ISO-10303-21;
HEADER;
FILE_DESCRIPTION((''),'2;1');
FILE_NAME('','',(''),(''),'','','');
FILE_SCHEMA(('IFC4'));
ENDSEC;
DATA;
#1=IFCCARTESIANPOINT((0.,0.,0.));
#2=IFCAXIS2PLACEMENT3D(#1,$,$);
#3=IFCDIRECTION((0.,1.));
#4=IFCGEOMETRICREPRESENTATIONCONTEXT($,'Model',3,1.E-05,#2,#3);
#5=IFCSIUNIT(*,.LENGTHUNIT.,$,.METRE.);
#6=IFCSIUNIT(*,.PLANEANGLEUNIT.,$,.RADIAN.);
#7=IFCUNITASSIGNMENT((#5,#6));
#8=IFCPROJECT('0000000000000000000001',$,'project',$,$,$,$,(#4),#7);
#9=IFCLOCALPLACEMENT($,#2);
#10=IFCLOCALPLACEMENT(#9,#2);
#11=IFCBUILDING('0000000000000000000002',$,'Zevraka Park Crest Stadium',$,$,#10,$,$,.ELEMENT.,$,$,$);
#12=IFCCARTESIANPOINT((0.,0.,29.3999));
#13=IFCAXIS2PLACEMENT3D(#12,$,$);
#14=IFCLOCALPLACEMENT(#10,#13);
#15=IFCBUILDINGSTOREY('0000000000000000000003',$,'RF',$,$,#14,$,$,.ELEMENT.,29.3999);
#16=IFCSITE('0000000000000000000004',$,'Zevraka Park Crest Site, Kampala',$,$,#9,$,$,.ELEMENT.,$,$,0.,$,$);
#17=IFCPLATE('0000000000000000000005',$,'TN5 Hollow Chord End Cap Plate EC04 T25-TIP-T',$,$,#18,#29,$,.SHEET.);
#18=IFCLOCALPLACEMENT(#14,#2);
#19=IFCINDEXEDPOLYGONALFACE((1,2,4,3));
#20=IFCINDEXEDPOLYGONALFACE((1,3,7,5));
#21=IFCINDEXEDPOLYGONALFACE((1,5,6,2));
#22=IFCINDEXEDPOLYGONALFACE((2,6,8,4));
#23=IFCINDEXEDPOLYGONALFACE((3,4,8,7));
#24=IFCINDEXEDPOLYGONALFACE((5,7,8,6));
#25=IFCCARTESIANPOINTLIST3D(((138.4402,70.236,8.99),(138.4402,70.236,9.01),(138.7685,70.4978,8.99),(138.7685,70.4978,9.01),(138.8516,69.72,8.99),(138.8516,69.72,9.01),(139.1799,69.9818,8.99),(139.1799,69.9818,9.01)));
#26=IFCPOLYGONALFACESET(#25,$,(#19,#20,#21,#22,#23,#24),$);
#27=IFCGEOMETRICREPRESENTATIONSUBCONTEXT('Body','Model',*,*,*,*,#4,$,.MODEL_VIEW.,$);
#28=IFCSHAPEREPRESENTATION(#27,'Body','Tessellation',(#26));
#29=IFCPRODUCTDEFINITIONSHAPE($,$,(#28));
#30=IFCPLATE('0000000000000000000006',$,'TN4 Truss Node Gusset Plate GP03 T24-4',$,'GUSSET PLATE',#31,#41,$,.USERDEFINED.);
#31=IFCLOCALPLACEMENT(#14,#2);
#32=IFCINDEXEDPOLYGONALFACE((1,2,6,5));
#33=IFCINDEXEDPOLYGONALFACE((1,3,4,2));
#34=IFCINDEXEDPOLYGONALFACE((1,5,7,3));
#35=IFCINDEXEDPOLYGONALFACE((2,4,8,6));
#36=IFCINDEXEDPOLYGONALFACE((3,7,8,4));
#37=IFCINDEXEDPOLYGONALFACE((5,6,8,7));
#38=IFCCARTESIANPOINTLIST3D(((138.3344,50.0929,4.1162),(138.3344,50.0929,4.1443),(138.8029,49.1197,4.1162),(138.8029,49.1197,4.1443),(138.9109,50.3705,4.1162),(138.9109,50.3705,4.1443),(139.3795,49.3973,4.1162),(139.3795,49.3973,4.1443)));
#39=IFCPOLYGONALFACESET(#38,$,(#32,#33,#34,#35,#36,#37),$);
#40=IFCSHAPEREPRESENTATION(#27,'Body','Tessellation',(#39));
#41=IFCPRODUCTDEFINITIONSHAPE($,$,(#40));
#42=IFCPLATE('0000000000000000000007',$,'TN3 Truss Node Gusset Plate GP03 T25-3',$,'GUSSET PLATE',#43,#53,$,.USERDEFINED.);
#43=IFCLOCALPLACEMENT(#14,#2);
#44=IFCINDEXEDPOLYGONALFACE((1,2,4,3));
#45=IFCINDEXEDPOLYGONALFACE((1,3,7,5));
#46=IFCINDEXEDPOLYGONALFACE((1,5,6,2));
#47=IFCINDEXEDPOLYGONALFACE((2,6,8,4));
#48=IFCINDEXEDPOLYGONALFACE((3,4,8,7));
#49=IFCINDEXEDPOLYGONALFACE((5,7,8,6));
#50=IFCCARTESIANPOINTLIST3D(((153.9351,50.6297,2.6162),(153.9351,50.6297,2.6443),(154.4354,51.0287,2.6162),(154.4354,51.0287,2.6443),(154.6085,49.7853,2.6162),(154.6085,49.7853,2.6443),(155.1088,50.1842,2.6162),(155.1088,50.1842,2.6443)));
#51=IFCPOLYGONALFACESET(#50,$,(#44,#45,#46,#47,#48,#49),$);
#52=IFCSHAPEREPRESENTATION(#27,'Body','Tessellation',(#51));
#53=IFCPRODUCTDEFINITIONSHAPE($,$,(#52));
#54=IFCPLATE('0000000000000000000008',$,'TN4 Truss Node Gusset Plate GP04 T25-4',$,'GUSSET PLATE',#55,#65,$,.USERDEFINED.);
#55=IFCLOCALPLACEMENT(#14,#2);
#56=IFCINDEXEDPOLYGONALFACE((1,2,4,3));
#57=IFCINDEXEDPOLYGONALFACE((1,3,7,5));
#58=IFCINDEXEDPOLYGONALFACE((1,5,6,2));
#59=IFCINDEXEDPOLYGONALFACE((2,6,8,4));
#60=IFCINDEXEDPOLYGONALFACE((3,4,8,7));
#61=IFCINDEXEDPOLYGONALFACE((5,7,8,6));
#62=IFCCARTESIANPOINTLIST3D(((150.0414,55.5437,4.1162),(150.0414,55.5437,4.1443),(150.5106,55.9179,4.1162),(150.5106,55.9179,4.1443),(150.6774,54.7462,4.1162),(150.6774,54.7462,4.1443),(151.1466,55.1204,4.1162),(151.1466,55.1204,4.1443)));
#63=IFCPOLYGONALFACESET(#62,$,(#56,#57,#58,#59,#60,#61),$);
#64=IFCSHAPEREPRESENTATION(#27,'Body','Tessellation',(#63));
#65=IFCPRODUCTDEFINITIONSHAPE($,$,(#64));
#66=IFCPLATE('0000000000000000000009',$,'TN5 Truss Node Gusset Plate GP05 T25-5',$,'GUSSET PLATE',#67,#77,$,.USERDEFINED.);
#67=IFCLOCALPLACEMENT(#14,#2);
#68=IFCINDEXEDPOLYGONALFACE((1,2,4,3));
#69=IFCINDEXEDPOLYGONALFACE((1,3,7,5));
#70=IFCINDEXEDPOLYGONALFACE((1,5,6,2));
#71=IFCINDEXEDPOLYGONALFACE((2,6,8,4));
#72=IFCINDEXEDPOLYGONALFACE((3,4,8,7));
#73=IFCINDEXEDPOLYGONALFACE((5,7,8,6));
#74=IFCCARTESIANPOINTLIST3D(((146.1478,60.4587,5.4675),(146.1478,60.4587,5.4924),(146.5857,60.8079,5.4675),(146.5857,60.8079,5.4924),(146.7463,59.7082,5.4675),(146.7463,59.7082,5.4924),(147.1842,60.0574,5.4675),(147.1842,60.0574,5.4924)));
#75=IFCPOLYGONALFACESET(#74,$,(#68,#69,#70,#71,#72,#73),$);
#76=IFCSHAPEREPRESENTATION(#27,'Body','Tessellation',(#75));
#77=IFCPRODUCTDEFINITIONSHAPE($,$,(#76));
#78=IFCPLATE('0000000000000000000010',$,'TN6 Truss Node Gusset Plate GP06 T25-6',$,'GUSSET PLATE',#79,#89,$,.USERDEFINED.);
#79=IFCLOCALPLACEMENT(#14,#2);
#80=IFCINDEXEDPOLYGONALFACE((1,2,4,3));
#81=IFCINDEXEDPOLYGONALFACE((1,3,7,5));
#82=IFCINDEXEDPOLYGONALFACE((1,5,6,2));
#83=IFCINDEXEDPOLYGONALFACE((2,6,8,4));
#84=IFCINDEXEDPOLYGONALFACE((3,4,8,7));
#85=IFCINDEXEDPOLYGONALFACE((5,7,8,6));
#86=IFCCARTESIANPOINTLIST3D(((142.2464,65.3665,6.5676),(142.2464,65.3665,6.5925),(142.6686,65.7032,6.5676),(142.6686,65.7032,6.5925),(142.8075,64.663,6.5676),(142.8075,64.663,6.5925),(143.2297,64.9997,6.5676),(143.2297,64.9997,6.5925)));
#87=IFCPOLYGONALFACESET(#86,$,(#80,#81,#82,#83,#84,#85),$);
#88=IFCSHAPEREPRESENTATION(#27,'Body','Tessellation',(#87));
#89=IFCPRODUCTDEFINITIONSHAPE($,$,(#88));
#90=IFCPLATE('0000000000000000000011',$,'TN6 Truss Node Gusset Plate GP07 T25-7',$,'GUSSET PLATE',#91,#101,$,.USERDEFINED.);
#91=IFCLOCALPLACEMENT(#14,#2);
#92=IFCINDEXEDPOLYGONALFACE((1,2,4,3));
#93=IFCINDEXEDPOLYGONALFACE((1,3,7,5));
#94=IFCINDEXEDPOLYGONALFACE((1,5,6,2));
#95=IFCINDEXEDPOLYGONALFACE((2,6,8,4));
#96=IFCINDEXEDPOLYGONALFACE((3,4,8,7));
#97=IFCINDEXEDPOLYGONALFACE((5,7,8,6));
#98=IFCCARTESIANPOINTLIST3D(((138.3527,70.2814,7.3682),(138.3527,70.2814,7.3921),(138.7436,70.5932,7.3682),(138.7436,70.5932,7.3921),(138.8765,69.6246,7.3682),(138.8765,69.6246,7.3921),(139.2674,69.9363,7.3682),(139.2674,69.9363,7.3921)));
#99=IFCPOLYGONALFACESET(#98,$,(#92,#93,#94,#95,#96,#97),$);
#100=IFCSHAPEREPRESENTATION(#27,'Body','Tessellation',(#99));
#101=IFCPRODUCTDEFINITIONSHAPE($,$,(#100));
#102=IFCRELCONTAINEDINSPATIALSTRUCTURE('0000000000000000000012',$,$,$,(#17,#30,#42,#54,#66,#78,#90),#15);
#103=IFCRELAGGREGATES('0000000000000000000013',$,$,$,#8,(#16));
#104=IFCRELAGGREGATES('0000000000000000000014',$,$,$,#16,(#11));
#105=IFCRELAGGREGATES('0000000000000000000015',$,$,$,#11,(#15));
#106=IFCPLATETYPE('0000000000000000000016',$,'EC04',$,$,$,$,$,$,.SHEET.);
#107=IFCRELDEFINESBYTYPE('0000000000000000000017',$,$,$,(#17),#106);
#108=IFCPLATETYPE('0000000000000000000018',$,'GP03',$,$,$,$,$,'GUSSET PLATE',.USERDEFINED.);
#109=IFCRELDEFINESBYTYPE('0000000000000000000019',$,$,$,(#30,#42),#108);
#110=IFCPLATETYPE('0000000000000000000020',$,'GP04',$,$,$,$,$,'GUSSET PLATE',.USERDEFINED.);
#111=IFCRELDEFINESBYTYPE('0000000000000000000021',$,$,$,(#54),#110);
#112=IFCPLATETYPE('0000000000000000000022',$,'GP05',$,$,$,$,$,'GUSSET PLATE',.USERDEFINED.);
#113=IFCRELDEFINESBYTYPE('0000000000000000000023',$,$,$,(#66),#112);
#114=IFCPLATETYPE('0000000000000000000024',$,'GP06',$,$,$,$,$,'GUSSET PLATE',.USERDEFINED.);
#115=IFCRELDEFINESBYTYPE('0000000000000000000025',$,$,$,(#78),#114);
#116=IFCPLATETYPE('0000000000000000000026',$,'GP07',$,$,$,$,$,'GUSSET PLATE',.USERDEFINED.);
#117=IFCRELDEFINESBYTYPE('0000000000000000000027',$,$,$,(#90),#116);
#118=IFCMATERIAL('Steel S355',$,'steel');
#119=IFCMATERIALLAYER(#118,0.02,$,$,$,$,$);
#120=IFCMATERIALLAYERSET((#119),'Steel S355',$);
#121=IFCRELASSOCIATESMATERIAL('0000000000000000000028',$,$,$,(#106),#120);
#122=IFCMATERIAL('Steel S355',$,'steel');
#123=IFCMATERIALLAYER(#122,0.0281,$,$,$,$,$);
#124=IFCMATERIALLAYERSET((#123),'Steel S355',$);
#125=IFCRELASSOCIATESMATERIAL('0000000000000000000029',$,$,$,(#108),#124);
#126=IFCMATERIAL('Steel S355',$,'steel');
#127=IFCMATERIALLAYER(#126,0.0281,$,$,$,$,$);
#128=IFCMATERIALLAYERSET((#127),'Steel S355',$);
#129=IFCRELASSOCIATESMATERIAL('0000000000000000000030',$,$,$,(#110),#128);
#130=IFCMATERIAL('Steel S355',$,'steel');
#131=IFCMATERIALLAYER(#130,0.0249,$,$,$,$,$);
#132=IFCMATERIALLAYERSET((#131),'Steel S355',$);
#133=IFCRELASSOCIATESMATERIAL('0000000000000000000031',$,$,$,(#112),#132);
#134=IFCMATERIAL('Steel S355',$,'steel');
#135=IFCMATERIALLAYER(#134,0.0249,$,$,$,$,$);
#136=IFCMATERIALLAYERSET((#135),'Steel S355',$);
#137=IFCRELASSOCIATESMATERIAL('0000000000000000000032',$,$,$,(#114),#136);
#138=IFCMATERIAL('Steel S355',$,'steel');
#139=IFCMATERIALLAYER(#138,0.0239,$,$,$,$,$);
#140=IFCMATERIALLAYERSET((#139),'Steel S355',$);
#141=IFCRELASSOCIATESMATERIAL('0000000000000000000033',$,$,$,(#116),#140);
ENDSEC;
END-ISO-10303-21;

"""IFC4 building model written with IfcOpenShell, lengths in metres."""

from ifc_helpers import new_model, si_unit, direction, frame, origin, origin_2d, place, context, subcontext, project, spatial, rectangle, extrude, material, layer, layer_set, type_object, element, save


model = new_model("IFC4")

# Units and contexts
model_context = context("Model", 3, precision=1e-05, world=origin(), true_north=direction((0.0, 1.0)))
body_context = subcontext(model_context, "Body", "Model", "MODEL_VIEW")
ifc_project = project(units=[si_unit("LENGTHUNIT", "METRE"), si_unit("PLANEANGLEUNIT", "RADIAN")], contexts=[model_context])

# Site, building, storey
site_placement = place(None, origin())
site = spatial("IfcSite", under=ifc_project, at=site_placement, Name="Zevraka Park Crest Site, Kampala", CompositionType="ELEMENT", RefElevation=0.0)
building_placement = place(site_placement, origin())
building = spatial("IfcBuilding", under=site, at=building_placement, Name="Zevraka Park Crest Stadium", CompositionType="ELEMENT")
storey_placement = place(building_placement, frame((0.0, 0.0, 29.3999)))
storey = spatial("IfcBuildingStorey", under=building, at=storey_placement, Name="RF", CompositionType="ELEMENT", Elevation=29.3999)

# Plates
ifc_material_1 = material(Name="Steel S355", Category="steel")
ifc_layer_1 = layer(ifc_material_1, 0.02)
ifc_layer_set_1 = layer_set([ifc_layer_1], Name="Steel S355")
plate_type_1 = type_object("IfcPlateType", Name="EC04", PredefinedType="SHEET", material=ifc_layer_set_1)
for number, where, z_axis, x_axis, name in (
    (1, (138.8101, 70.1089, 8.99), (0.0, 0.0, 1.0), (-0.62347, 0.781847, 0.0), "TN5 Hollow Chord End Cap Plate EC04 T25-TIP-T"),
):
    element("IfcPlate", number, at=place(storey_placement, frame(where, z_axis=z_axis, x_axis=x_axis)), inside=storey, type_object=plate_type_1, Name=name, PredefinedType="SHEET", context=body_context, shape_type="SweptSolid", body=[
        extrude(rectangle(XDim=0.6599, YDim=0.4199, at=origin_2d()), origin(), (0.0, 0.0, 1.0), 0.02),
    ])
ifc_material_2 = material(Name="Steel S355", Category="steel")
ifc_layer_2 = layer(ifc_material_2, 0.0281)
ifc_layer_set_2 = layer_set([ifc_layer_2], Name="Steel S355")
plate_type_2 = type_object("IfcPlateType", Name="GP03", ElementType="GUSSET PLATE", PredefinedType="USERDEFINED", material=ifc_layer_set_2)
for number, where, z_axis, x_axis, name in (
    (2, (138.8569, 49.7451, 4.1162), (0.0, 0.0, 1.0), (-0.433816, 0.901001, 0.0), "TN4 Truss Node Gusset Plate GP03 T24-4"),
    (3, (154.522, 50.407, 2.6162), (0.0, 0.0, 1.0), (-0.62347, 0.781847, 0.0), "TN3 Truss Node Gusset Plate GP03 T25-3"),
):
    element("IfcPlate", number, at=place(storey_placement, frame(where, z_axis=z_axis, x_axis=x_axis)), inside=storey, type_object=plate_type_2, Name=name, ObjectType="GUSSET PLATE", PredefinedType="USERDEFINED", context=body_context, shape_type="SweptSolid", body=[
        extrude(rectangle(XDim=1.0801, YDim=0.6399, at=origin_2d()), origin(), (0.0, 0.0, 1.0), 0.0281),
    ])
ifc_material_3 = material(Name="Steel S355", Category="steel")
ifc_layer_3 = layer(ifc_material_3, 0.0281)
ifc_layer_set_3 = layer_set([ifc_layer_3], Name="Steel S355")
plate_type_3 = type_object("IfcPlateType", Name="GP04", ElementType="GUSSET PLATE", PredefinedType="USERDEFINED", material=ifc_layer_set_3)
plate_1_placement = place(storey_placement, frame((150.594, 55.332, 4.1162), z_axis=(0.0, 0.0, 1.0), x_axis=(-0.62347, 0.781847, 0.0)))
element("IfcPlate", 4, at=plate_1_placement, inside=storey, type_object=plate_type_3, Name="TN4 Truss Node Gusset Plate GP04 T25-4", ObjectType="GUSSET PLATE", PredefinedType="USERDEFINED", context=body_context, shape_type="SweptSolid", body=[
    extrude(rectangle(XDim=1.02, YDim=0.6001, at=origin_2d()), origin(), (0.0, 0.0, 1.0), 0.0281),
])
ifc_material_4 = material(Name="Steel S355", Category="steel")
ifc_layer_4 = layer(ifc_material_4, 0.0249)
ifc_layer_set_4 = layer_set([ifc_layer_4], Name="Steel S355")
plate_type_4 = type_object("IfcPlateType", Name="GP05", ElementType="GUSSET PLATE", PredefinedType="USERDEFINED", material=ifc_layer_set_4)
plate_2_placement = place(storey_placement, frame((146.666, 60.2581, 5.4675), z_axis=(0.0, 0.0, 1.0), x_axis=(-0.62347, 0.781847, 0.0)))
element("IfcPlate", 5, at=plate_2_placement, inside=storey, type_object=plate_type_4, Name="TN5 Truss Node Gusset Plate GP05 T25-5", ObjectType="GUSSET PLATE", PredefinedType="USERDEFINED", context=body_context, shape_type="SweptSolid", body=[
    extrude(rectangle(XDim=0.96, YDim=0.5601, at=origin_2d()), origin(), (0.0, 0.0, 1.0), 0.0249),
])
ifc_material_5 = material(Name="Steel S355", Category="steel")
ifc_layer_5 = layer(ifc_material_5, 0.0249)
ifc_layer_set_5 = layer_set([ifc_layer_5], Name="Steel S355")
plate_type_5 = type_object("IfcPlateType", Name="GP06", ElementType="GUSSET PLATE", PredefinedType="USERDEFINED", material=ifc_layer_set_5)
plate_3_placement = place(storey_placement, frame((142.738, 65.1831, 6.5676), z_axis=(0.0, 0.0, 1.0), x_axis=(-0.62347, 0.781847, 0.0)))
element("IfcPlate", 6, at=plate_3_placement, inside=storey, type_object=plate_type_5, Name="TN6 Truss Node Gusset Plate GP06 T25-6", ObjectType="GUSSET PLATE", PredefinedType="USERDEFINED", context=body_context, shape_type="SweptSolid", body=[
    extrude(rectangle(XDim=0.8999, YDim=0.54, at=origin_2d()), origin(), (0.0, 0.0, 1.0), 0.0249),
])
ifc_material_6 = material(Name="Steel S355", Category="steel")
ifc_layer_6 = layer(ifc_material_6, 0.0239)
ifc_layer_set_6 = layer_set([ifc_layer_6], Name="Steel S355")
plate_type_6 = type_object("IfcPlateType", Name="GP07", ElementType="GUSSET PLATE", PredefinedType="USERDEFINED", material=ifc_layer_set_6)
plate_4_placement = place(storey_placement, frame((138.8101, 70.1089, 7.3682), z_axis=(0.0, 0.0, 1.0), x_axis=(-0.62347, 0.781847, 0.0)))
element("IfcPlate", 7, at=plate_4_placement, inside=storey, type_object=plate_type_6, Name="TN6 Truss Node Gusset Plate GP07 T25-7", ObjectType="GUSSET PLATE", PredefinedType="USERDEFINED", context=body_context, shape_type="SweptSolid", body=[
    extrude(rectangle(XDim=0.8401, YDim=0.5, at=origin_2d()), origin(), (0.0, 0.0, 1.0), 0.0239),
])

save(model, "model.ifc")
